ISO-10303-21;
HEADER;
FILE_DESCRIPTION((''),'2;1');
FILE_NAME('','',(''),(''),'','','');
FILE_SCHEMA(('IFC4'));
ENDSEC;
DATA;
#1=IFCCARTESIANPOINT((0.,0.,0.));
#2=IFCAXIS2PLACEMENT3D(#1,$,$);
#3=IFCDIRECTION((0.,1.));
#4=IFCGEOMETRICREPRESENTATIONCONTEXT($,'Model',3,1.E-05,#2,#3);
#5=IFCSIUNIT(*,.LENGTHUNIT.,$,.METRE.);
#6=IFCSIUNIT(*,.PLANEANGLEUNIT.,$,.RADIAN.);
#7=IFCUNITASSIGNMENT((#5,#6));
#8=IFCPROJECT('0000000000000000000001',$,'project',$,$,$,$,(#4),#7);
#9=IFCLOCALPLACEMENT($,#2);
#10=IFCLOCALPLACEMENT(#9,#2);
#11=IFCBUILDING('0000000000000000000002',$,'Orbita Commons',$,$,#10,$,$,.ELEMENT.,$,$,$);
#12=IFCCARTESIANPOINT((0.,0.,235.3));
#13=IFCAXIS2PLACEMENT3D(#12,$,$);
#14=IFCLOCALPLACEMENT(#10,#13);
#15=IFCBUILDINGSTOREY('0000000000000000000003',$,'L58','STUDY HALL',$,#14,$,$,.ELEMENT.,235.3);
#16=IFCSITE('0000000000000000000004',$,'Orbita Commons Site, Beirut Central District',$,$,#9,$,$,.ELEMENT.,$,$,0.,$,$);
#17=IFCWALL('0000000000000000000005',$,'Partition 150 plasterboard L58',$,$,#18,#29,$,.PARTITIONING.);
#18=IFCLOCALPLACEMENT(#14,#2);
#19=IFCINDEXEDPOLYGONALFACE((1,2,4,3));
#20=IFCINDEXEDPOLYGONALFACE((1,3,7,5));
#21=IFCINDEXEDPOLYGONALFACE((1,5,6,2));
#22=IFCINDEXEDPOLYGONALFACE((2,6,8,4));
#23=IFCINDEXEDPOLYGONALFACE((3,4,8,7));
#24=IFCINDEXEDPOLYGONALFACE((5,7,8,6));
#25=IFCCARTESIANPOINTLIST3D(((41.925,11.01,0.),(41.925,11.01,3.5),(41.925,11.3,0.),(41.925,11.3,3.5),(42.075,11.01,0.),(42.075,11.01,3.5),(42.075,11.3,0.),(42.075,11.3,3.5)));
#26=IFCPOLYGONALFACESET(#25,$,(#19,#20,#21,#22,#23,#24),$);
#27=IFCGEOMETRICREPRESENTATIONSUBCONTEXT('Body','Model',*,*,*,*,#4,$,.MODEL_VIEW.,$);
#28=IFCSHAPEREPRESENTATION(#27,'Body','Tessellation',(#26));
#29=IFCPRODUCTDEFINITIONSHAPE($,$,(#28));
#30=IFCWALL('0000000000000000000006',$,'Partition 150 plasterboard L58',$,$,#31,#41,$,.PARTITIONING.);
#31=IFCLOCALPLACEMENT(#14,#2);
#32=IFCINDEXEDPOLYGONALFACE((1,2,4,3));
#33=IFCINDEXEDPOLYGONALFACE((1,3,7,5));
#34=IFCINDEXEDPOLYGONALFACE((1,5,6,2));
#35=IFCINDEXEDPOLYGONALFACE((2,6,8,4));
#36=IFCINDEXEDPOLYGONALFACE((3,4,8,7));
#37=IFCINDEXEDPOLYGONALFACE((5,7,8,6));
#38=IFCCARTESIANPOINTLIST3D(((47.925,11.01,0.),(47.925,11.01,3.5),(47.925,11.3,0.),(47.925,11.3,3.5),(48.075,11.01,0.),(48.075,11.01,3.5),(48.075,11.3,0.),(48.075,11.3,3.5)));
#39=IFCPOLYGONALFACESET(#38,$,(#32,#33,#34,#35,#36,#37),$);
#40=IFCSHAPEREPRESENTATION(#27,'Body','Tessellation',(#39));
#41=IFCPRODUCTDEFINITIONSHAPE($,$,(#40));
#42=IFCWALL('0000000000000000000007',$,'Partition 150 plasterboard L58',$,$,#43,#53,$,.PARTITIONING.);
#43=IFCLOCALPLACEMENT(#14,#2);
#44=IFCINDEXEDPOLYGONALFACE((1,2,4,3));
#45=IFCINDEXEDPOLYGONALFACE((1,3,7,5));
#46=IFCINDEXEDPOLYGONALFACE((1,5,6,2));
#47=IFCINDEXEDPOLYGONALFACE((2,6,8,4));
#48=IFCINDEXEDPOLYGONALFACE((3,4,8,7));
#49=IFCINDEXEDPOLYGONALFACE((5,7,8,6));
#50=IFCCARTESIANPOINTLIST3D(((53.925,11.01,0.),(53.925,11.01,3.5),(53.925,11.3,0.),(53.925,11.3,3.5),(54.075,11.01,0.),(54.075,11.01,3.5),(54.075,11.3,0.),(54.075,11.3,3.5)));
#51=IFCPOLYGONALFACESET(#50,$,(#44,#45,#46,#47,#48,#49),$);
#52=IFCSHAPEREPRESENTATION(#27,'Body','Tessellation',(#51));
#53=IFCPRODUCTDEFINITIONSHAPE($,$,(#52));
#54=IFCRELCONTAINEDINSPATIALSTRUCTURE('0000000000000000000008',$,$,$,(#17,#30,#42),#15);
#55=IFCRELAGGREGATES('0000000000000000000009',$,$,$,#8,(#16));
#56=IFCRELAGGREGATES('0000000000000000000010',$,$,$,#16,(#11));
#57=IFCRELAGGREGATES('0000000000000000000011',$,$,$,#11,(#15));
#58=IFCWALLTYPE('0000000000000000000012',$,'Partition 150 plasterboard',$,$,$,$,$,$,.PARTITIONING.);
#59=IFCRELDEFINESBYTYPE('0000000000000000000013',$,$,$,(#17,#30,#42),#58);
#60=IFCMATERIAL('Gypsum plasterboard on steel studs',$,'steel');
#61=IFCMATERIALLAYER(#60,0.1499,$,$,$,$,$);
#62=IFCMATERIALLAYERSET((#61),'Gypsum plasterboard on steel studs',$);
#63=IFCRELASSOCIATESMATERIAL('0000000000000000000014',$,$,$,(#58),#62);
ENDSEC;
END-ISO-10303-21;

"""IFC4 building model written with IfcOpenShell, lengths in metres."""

from ifc_helpers import new_model, si_unit, direction, frame, frame_2d, origin, place, context, subcontext, project, spatial, rectangle, extrude, material, layer, layer_set, type_object, element, save


model = new_model("IFC4")

# Units and contexts
model_context = context("Model", 3, precision=1e-05, world=origin(), true_north=direction((0.0, 1.0)))
body_context = subcontext(model_context, "Body", "Model", "MODEL_VIEW")
ifc_project = project(units=[si_unit("LENGTHUNIT", "METRE"), si_unit("PLANEANGLEUNIT", "RADIAN")], contexts=[model_context])

# Site, building, storey
site_placement = place(None, origin())
site = spatial("IfcSite", under=ifc_project, at=site_placement, Name="Orbita Commons Site, Beirut Central District", CompositionType="ELEMENT", RefElevation=0.0)
building_placement = place(site_placement, origin())
building = spatial("IfcBuilding", under=site, at=building_placement, Name="Orbita Commons", CompositionType="ELEMENT")
storey_placement = place(building_placement, frame((0.0, 0.0, 235.3)))
storey = spatial("IfcBuildingStorey", under=building, at=storey_placement, Name="L58", Description="STUDY HALL", CompositionType="ELEMENT", Elevation=235.3)

# Shared definitions
ifc_material_1 = material(Name="Gypsum plasterboard on steel studs", Category="steel")
ifc_layer_1 = layer(ifc_material_1, 0.1499)
ifc_layer_set_1 = layer_set([ifc_layer_1], Name="Gypsum plasterboard on steel studs")
wall_type_1 = type_object("IfcWallType", Name="Partition 150 plasterboard", PredefinedType="PARTITIONING", material=ifc_layer_set_1)

# Walls
for number, where, z_axis, x_axis, name in (
    (1, (42.0, 11.3, 0.0), (0.0, 0.0, 1.0), (0.0, -1.0, 0.0), "Partition 150 plasterboard L58"),
    (2, (48.0, 11.3, 0.0), (0.0, 0.0, 1.0), (0.0, -1.0, 0.0), "Partition 150 plasterboard L58"),
    (3, (54.0, 11.3, 0.0), (0.0, 0.0, 1.0), (0.0, -1.0, 0.0), "Partition 150 plasterboard L58"),
):
    element("IfcWall", number, at=place(storey_placement, frame(where, z_axis=z_axis, x_axis=x_axis)), inside=storey, type_object=wall_type_1, Name=name, PredefinedType="PARTITIONING", context=body_context, shape_type="SweptSolid", body=[
        extrude(rectangle(XDim=0.29, YDim=0.1499, at=frame_2d((0.145, 0.0))), origin(), (0.0, 0.0, 1.0), 3.5),
    ])

save(model, "model.ifc")
